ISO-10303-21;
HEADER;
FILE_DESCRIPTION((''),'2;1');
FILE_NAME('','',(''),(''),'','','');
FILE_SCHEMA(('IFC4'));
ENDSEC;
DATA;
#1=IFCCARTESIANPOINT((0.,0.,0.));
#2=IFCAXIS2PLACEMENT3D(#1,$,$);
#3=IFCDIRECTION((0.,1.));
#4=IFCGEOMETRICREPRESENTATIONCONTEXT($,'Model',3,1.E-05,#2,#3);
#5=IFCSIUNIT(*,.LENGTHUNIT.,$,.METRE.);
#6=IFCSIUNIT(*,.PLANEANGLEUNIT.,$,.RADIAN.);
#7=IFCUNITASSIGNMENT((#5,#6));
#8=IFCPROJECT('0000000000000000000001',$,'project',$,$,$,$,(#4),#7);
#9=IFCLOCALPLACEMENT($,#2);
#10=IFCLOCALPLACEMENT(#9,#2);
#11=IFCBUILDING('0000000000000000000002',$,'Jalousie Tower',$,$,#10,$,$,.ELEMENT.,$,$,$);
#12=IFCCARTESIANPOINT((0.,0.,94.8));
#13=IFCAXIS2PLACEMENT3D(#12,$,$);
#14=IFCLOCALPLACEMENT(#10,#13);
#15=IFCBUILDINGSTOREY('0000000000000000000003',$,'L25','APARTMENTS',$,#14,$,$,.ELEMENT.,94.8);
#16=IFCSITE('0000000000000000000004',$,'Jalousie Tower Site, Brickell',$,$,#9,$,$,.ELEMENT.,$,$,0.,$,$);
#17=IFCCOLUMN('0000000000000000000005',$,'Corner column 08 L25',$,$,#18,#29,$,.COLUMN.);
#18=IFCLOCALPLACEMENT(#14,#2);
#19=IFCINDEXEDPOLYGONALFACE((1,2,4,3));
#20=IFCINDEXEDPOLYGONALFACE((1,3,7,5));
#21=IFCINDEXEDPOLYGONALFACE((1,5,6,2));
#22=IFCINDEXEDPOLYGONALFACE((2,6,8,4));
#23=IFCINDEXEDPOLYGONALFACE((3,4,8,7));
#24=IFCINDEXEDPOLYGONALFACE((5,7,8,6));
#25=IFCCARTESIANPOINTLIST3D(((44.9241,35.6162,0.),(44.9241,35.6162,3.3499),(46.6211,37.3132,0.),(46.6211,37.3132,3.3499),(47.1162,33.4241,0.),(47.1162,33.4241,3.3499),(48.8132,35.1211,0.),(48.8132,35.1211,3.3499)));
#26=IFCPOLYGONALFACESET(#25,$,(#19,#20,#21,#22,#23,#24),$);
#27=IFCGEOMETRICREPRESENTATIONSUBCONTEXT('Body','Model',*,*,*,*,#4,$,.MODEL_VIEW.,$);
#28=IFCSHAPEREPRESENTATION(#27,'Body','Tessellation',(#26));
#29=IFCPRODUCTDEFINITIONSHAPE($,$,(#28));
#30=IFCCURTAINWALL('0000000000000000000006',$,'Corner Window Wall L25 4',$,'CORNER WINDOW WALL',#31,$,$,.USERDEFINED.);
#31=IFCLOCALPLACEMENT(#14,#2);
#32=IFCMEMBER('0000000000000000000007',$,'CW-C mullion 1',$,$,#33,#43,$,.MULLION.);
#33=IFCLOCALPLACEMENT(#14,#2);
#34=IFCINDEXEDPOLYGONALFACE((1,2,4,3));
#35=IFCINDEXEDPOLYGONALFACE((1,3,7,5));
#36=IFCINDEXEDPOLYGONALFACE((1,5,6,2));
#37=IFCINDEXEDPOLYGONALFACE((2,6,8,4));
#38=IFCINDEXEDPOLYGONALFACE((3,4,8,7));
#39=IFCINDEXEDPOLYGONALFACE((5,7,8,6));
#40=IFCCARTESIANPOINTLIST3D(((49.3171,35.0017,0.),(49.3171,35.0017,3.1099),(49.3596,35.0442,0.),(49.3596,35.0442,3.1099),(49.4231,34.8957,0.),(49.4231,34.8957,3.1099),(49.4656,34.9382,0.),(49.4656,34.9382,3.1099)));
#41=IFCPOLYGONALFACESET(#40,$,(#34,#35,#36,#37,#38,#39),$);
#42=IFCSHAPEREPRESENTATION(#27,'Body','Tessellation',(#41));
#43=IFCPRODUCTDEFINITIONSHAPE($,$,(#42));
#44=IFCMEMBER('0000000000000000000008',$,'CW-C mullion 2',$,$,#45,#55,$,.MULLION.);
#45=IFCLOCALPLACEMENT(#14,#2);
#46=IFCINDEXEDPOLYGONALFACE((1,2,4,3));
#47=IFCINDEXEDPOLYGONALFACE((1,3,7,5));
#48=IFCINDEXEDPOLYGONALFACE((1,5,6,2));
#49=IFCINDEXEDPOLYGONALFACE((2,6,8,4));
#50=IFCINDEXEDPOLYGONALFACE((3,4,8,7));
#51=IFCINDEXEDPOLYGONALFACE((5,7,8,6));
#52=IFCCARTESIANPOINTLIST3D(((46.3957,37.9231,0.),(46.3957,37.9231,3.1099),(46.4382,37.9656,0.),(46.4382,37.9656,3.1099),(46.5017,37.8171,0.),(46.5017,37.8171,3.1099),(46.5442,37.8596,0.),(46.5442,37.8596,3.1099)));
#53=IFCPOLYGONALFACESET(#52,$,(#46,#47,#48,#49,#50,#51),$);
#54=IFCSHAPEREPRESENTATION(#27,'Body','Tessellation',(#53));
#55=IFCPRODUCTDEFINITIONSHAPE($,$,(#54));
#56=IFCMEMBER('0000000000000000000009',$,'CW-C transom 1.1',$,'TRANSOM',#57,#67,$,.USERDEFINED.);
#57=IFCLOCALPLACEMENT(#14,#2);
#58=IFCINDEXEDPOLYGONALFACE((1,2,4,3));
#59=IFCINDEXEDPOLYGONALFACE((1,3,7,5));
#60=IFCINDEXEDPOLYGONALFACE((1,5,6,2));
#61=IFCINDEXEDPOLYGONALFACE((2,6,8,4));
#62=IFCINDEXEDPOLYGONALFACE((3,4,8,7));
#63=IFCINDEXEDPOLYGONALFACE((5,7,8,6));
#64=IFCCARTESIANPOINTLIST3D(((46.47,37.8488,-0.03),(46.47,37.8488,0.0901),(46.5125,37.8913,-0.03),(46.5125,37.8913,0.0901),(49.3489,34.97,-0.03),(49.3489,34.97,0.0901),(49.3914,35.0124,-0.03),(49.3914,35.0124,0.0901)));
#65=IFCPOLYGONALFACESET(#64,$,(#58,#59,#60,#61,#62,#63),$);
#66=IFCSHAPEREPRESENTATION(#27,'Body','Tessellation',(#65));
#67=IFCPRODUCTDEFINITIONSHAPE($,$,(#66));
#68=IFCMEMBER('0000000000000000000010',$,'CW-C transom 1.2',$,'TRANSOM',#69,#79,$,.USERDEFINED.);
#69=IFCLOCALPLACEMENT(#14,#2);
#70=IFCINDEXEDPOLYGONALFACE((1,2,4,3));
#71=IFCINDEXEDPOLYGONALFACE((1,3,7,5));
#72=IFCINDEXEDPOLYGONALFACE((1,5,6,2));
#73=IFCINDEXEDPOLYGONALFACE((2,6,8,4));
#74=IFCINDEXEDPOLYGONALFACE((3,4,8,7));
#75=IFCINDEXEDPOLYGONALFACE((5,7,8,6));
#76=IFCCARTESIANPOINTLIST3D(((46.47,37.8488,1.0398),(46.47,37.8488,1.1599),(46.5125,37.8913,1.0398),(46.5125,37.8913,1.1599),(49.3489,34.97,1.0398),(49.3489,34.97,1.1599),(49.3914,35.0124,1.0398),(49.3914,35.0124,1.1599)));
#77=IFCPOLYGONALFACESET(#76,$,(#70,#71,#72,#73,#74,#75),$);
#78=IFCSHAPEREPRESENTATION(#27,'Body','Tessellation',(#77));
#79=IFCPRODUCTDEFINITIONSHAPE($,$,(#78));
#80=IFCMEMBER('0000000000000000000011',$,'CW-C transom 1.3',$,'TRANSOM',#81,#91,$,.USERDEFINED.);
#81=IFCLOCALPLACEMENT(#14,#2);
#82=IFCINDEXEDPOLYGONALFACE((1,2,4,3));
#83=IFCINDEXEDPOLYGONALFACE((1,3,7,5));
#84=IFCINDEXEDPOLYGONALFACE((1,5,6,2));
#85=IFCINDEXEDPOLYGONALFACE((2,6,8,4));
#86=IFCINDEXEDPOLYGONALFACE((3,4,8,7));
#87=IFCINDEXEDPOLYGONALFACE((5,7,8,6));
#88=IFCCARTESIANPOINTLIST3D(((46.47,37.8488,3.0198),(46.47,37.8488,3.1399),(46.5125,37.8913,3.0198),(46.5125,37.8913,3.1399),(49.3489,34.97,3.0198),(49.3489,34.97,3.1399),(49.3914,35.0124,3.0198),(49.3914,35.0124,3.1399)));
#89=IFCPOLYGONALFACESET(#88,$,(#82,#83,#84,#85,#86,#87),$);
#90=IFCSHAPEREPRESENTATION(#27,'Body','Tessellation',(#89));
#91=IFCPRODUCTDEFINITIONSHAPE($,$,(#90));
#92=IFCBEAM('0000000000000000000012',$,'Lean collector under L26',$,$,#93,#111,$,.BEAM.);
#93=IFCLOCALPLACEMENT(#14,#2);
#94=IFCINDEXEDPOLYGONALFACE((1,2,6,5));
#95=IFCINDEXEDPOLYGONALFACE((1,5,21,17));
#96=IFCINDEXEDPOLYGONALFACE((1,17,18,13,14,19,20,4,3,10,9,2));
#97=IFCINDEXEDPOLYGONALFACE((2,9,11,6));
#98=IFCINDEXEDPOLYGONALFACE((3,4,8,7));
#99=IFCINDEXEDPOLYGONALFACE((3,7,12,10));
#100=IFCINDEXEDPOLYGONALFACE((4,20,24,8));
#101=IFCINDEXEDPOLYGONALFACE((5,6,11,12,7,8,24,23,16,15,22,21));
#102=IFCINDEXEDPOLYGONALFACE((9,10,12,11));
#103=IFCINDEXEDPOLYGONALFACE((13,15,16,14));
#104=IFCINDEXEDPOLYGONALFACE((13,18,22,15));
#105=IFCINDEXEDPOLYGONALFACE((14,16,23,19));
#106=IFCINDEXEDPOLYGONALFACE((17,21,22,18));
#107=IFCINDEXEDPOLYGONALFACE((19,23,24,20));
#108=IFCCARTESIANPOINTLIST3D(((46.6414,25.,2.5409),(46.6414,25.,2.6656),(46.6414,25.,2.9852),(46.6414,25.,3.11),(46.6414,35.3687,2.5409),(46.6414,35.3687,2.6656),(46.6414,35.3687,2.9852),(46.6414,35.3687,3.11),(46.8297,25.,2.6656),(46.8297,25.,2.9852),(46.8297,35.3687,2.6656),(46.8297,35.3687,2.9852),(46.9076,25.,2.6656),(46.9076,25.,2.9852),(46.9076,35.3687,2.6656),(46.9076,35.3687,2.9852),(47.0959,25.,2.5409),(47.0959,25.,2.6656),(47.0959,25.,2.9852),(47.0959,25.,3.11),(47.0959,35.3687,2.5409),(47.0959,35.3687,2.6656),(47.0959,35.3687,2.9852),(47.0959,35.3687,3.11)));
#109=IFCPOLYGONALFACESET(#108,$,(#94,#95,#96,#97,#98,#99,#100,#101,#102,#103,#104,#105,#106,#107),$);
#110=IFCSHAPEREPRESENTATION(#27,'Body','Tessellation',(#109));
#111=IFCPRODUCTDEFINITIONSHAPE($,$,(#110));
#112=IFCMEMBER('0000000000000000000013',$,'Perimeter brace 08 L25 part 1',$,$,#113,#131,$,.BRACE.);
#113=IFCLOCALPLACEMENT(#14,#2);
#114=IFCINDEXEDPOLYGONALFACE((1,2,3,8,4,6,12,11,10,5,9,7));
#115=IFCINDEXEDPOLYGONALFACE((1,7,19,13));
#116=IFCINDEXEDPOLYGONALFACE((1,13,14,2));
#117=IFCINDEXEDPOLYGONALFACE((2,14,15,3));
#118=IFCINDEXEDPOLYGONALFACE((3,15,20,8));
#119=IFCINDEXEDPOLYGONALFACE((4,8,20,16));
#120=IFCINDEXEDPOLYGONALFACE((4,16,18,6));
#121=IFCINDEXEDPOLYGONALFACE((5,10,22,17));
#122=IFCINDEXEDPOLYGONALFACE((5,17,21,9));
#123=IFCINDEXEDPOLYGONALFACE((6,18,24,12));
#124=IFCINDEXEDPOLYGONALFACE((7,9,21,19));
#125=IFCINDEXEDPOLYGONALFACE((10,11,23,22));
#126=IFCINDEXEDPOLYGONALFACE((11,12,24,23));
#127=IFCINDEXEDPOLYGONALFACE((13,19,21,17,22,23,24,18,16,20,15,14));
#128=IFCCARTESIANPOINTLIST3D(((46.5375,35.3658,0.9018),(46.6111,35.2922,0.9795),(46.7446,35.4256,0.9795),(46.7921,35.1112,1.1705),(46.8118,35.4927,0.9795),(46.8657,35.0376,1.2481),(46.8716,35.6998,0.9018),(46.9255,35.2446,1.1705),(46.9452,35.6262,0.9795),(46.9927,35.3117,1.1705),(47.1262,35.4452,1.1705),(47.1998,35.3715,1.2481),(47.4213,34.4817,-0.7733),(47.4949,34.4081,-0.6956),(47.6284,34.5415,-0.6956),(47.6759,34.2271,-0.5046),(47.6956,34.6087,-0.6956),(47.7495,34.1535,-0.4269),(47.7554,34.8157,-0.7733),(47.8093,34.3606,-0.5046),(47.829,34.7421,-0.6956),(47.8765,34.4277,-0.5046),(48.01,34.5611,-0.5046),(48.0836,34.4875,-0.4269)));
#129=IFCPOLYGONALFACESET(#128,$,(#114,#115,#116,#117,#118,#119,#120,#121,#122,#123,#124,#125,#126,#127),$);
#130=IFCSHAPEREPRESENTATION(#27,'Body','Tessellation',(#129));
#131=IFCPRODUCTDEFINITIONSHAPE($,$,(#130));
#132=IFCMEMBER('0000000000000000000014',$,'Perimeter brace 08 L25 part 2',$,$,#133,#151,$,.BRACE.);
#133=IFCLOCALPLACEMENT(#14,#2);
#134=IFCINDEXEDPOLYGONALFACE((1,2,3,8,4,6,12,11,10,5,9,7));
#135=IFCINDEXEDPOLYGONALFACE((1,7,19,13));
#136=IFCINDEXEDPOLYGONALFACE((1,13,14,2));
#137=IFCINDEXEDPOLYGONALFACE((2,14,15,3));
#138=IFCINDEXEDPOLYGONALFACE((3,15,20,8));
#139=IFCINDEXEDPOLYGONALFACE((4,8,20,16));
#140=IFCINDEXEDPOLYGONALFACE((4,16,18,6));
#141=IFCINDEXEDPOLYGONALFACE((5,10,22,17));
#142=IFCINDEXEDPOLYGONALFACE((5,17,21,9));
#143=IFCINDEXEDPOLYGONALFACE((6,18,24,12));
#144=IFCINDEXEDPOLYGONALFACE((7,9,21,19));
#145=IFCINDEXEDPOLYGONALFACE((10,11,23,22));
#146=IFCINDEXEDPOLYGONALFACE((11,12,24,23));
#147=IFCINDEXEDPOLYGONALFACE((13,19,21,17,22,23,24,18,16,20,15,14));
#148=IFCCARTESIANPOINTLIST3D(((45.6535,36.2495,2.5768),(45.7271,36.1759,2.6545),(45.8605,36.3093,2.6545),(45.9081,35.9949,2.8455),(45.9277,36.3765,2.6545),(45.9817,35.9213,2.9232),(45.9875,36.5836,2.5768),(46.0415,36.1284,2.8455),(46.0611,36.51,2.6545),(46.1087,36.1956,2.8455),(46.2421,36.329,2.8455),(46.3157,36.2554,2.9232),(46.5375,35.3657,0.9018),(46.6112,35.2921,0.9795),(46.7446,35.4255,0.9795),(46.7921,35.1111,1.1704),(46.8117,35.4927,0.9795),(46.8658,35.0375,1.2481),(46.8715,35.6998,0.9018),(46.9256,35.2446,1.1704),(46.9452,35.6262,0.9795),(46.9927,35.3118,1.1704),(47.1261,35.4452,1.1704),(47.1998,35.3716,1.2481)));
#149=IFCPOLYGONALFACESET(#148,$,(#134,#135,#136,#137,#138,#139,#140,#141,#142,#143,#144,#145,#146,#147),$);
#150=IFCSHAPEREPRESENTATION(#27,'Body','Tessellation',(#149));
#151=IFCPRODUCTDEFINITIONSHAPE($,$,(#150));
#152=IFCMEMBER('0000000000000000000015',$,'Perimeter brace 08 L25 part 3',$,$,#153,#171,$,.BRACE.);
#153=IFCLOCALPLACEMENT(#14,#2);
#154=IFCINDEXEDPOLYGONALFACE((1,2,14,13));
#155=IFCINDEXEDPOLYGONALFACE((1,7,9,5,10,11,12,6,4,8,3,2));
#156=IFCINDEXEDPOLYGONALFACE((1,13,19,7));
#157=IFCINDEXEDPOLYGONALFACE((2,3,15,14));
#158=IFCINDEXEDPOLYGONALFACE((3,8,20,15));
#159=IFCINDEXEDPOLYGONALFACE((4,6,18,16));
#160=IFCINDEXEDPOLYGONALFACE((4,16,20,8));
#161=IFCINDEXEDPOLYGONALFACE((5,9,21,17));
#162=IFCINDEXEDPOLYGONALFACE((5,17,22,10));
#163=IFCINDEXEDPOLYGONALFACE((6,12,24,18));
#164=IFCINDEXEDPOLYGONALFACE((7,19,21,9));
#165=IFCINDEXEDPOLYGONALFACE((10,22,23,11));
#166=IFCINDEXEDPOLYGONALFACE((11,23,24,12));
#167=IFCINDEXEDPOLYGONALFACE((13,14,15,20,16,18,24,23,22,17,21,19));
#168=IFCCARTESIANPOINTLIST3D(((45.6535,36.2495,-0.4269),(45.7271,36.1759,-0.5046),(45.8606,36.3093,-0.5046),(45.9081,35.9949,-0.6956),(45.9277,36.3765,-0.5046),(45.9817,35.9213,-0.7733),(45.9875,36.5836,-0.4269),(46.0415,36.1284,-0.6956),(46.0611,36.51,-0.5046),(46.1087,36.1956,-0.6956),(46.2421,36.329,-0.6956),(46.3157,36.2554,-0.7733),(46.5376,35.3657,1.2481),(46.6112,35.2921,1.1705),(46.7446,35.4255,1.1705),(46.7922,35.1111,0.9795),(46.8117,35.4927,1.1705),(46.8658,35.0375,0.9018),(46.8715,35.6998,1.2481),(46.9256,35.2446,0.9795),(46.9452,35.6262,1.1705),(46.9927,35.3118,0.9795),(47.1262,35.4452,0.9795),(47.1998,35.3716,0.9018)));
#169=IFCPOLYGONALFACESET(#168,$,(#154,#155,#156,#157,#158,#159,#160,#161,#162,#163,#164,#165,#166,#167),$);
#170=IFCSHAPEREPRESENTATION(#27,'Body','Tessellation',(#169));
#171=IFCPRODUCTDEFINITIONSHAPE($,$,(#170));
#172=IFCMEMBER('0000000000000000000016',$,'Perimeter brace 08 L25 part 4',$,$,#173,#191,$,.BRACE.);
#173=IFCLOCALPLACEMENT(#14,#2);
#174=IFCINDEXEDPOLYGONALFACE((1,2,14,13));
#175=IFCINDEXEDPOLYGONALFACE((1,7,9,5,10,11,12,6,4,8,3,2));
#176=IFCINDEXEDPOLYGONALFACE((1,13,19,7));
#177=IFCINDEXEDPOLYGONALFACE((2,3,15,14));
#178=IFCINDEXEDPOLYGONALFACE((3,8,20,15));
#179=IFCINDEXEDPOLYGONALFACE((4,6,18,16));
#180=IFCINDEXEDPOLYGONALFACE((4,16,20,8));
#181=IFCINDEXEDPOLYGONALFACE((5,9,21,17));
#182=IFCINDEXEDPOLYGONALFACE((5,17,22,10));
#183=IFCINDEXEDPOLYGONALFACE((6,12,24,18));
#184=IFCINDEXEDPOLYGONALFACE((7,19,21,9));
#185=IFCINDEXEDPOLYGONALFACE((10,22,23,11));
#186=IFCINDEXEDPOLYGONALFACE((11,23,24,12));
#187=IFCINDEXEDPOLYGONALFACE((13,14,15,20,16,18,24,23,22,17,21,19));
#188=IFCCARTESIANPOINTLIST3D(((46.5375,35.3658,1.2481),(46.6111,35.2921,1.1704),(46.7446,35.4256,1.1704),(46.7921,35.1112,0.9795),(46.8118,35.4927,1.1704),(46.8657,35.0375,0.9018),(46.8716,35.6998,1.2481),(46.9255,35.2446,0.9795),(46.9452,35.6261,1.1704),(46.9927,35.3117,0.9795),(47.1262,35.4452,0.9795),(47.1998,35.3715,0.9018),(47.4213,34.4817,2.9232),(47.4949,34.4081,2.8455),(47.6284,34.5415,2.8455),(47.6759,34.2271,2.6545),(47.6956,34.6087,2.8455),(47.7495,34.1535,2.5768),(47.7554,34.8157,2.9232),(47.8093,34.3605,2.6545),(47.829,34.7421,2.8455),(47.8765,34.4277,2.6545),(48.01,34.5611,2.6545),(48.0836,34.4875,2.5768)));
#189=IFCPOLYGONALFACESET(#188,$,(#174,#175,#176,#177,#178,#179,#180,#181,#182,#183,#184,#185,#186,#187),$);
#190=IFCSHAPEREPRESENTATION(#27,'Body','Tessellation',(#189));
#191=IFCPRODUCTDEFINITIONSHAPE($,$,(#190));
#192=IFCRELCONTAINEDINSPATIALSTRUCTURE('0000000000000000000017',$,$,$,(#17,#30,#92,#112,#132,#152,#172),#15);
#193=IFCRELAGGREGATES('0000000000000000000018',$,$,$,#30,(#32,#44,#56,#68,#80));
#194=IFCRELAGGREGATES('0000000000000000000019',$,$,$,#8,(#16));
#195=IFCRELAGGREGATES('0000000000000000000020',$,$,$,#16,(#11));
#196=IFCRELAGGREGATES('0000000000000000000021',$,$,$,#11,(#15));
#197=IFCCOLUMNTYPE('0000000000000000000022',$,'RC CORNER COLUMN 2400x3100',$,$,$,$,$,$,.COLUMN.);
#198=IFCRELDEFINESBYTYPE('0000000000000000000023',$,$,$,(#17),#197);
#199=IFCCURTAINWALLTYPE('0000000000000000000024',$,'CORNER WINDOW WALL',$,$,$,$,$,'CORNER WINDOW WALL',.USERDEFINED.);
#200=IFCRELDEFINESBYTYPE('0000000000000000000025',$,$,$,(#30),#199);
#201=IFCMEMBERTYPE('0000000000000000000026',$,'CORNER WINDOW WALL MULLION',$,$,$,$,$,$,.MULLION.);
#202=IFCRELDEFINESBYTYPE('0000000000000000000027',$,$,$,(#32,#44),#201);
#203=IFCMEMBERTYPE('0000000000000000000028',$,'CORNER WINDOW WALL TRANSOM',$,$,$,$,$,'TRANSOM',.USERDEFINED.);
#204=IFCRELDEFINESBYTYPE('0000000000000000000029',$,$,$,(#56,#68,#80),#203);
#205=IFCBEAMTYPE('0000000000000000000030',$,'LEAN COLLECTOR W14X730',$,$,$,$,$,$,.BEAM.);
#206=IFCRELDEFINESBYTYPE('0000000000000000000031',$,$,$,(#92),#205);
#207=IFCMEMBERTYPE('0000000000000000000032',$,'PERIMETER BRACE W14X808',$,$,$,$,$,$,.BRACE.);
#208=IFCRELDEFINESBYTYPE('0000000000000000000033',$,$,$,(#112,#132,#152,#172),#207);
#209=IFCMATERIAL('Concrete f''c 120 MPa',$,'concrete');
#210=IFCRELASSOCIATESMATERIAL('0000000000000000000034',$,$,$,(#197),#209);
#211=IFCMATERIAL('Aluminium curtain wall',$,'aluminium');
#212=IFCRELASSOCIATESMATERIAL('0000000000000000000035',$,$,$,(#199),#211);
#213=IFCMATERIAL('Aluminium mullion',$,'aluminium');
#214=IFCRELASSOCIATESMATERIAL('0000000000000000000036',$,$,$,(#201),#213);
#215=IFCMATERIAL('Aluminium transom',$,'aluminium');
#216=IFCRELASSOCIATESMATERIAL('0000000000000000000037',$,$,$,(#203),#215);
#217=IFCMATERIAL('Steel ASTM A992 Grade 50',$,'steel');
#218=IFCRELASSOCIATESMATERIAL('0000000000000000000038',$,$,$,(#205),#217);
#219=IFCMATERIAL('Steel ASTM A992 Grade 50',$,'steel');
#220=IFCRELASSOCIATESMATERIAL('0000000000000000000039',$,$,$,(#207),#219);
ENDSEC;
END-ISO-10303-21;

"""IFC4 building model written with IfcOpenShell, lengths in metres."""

from ifc_helpers import new_model, si_unit, direction, frame, origin, origin_2d, place, context, subcontext, project, spatial, rectangle, i_section, extrude, material, material_profile, profile_set, type_object, element, aggregate, save


model = new_model("IFC4")

# Units and contexts
model_context = context("Model", 3, precision=1e-05, world=origin(), true_north=direction((0.0, 1.0)))
body_context = subcontext(model_context, "Body", "Model", "MODEL_VIEW")
ifc_project = project(units=[si_unit("LENGTHUNIT", "METRE"), si_unit("PLANEANGLEUNIT", "RADIAN")], contexts=[model_context])

# Site, building, storey
site_placement = place(None, origin())
site = spatial("IfcSite", under=ifc_project, at=site_placement, Name="Jalousie Tower Site, Brickell", CompositionType="ELEMENT", RefElevation=0.0)
building_placement = place(site_placement, origin())
building = spatial("IfcBuilding", under=site, at=building_placement, Name="Jalousie Tower", CompositionType="ELEMENT")
storey_placement = place(building_placement, frame((0.0, 0.0, 94.8)))
storey = spatial("IfcBuildingStorey", under=building, at=storey_placement, Name="L25", Description="APARTMENTS", CompositionType="ELEMENT", Elevation=94.8)

# Column
ifc_material_1 = material(Name="Concrete f'c 120 MPa", Category="concrete")
ifc_material_profile_1 = material_profile(ifc_material_1, rectangle(XDim=2.3999, YDim=3.1001, at=origin_2d()), Name="RC 2400x3100")
ifc_profile_set_1 = profile_set([ifc_material_profile_1], Name="Concrete f'c 120 MPa")
column_type = type_object("IfcColumnType", Name="RC CORNER COLUMN 2400x3100", PredefinedType="COLUMN", material=ifc_profile_set_1)
column_placement = place(storey_placement, frame((46.8687, 35.3687, 0.0), z_axis=(0.0, 0.0, 1.0), x_axis=(-0.707107, -0.707107, 0.0)))
element("IfcColumn", 1, at=column_placement, inside=storey, type_object=column_type, Name="Corner column 08 L25", PredefinedType="COLUMN", context=body_context, shape_type="SweptSolid", body=[
    extrude(rectangle(XDim=2.3999, YDim=3.1001, at=origin_2d()), origin(), (0.0, 0.0, 1.0), 3.3499),
])

# Curtain wall, members
ifc_material_2 = material(Name="Aluminium curtain wall", Category="aluminium")
curtain_wall_type_1 = type_object("IfcCurtainWallType", Name="CORNER WINDOW WALL", ElementType="CORNER WINDOW WALL", PredefinedType="USERDEFINED", material=ifc_material_2)
curtain_wall_1_placement = place(storey_placement, origin())
curtain_wall_1 = element("IfcCurtainWall", 2, at=curtain_wall_1_placement, inside=storey, type_object=curtain_wall_type_1, Name="Corner Window Wall L25 4", ObjectType="CORNER WINDOW WALL", PredefinedType="USERDEFINED")
ifc_material_3 = material(Name="Aluminium mullion", Category="aluminium")
ifc_material_profile_2 = material_profile(ifc_material_3, rectangle(XDim=0.0601, YDim=0.1499, at=origin_2d()), Name="MULLION 60x150")
ifc_profile_set_2 = profile_set([ifc_material_profile_2], Name="Aluminium mullion")
member_type_1 = type_object("IfcMemberType", Name="CORNER WINDOW WALL MULLION", PredefinedType="MULLION", material=ifc_profile_set_2)
member_1_placement = place(storey_placement, frame((49.3914, 34.97, 0.0), z_axis=(0.0, 0.0, 1.0), x_axis=(-0.707107, -0.707107, 0.0)))
member_1 = element("IfcMember", 3, at=member_1_placement, type_object=member_type_1, Name="CW-C mullion 1", PredefinedType="MULLION", context=body_context, shape_type="SweptSolid", body=[
    extrude(rectangle(XDim=0.0601, YDim=0.1499, at=origin_2d()), origin(), (0.0, 0.0, 1.0), 3.1099),
])
member_2_placement = place(storey_placement, frame((46.47, 37.8914, 0.0), z_axis=(0.0, 0.0, 1.0), x_axis=(-0.707107, -0.707107, 0.0)))
member_2 = element("IfcMember", 4, at=member_2_placement, type_object=member_type_1, Name="CW-C mullion 2", PredefinedType="MULLION", context=body_context, shape_type="SweptSolid", body=[
    extrude(rectangle(XDim=0.0601, YDim=0.1499, at=origin_2d()), origin(), (0.0, 0.0, 1.0), 3.1099),
])
ifc_material_4 = material(Name="Aluminium transom", Category="aluminium")
ifc_material_profile_3 = material_profile(ifc_material_4, rectangle(XDim=0.0601, YDim=0.1201, at=origin_2d()), Name="TRANSOM 60x120")
ifc_profile_set_3 = profile_set([ifc_material_profile_3], Name="Aluminium transom")
member_type_2 = type_object("IfcMemberType", Name="CORNER WINDOW WALL TRANSOM", ElementType="TRANSOM", PredefinedType="USERDEFINED", material=ifc_profile_set_3)
member_3_placement = place(storey_placement, frame((49.3701, 34.9912, 0.03), z_axis=(-0.707107, 0.707107, 0.0), x_axis=(-0.707107, -0.707107, 0.0)))
member_3 = element("IfcMember", 5, at=member_3_placement, type_object=member_type_2, Name="CW-C transom 1.1", ObjectType="TRANSOM", PredefinedType="USERDEFINED", context=body_context, shape_type="SweptSolid", body=[
    extrude(rectangle(XDim=0.0601, YDim=0.1201, at=origin_2d()), origin(), (0.0, 0.0, 1.0), 4.0713),
])
member_4_placement = place(storey_placement, frame((49.3701, 34.9912, 1.0999), z_axis=(-0.707107, 0.707107, 0.0), x_axis=(-0.707107, -0.707107, 0.0)))
member_4 = element("IfcMember", 6, at=member_4_placement, type_object=member_type_2, Name="CW-C transom 1.2", ObjectType="TRANSOM", PredefinedType="USERDEFINED", context=body_context, shape_type="SweptSolid", body=[
    extrude(rectangle(XDim=0.0601, YDim=0.1201, at=origin_2d()), origin(), (0.0, 0.0, 1.0), 4.0713),
])
member_5_placement = place(storey_placement, frame((49.3701, 34.9912, 3.0798), z_axis=(-0.707107, 0.707107, 0.0), x_axis=(-0.707107, -0.707107, 0.0)))
member_5 = element("IfcMember", 7, at=member_5_placement, type_object=member_type_2, Name="CW-C transom 1.3", ObjectType="TRANSOM", PredefinedType="USERDEFINED", context=body_context, shape_type="SweptSolid", body=[
    extrude(rectangle(XDim=0.0601, YDim=0.1201, at=origin_2d()), origin(), (0.0, 0.0, 1.0), 4.0713),
])

# Beam
ifc_material_5 = material(Name="Steel ASTM A992 Grade 50", Category="steel")
ifc_material_profile_4 = material_profile(ifc_material_5, i_section(OverallWidth=0.4546, OverallDepth=0.5691, WebThickness=0.0779, FlangeThickness=0.1248, at=origin_2d()), Name="W14X730")
ifc_profile_set_4 = profile_set([ifc_material_profile_4], Name="Steel ASTM A992 Grade 50")
beam_type_1 = type_object("IfcBeamType", Name="LEAN COLLECTOR W14X730", PredefinedType="BEAM", material=ifc_profile_set_4)
beam_1_placement = place(storey_placement, frame((46.8687, 35.3687, 2.8254), z_axis=(0.0, -1.0, 0.0), x_axis=(1.0, 0.0, 0.0)))
element("IfcBeam", 8, at=beam_1_placement, inside=storey, type_object=beam_type_1, Name="Lean collector under L26", PredefinedType="BEAM", context=body_context, shape_type="SweptSolid", body=[
    extrude(i_section(OverallWidth=0.4546, OverallDepth=0.5691, WebThickness=0.0779, FlangeThickness=0.1248, at=origin_2d()), origin(), (0.0, 0.0, 1.0), 10.3687),
])

# Members
ifc_material_6 = material(Name="Steel ASTM A992 Grade 50", Category="steel")
ifc_material_profile_5 = material_profile(ifc_material_6, i_section(OverallWidth=0.4724, OverallDepth=0.5791, WebThickness=0.095, FlangeThickness=0.1299, at=origin_2d()), Name="W14X808")
ifc_profile_set_5 = profile_set([ifc_material_profile_5], Name="Steel ASTM A992 Grade 50")
member_type_3 = type_object("IfcMemberType", Name="PERIMETER BRACE W14X808", PredefinedType="BRACE", material=ifc_profile_set_5)
for number, where, z_axis, x_axis, name in (
    (9, (47.7524, 34.4846, -0.6001), (-0.422852, 0.422969, 0.801432), (-0.707204, -0.707009, 0.0), "Perimeter brace 08 L25 part 1"),
    (10, (46.8687, 35.3687, 1.075), (-0.422969, 0.422852, 0.801432), (-0.707009, -0.707204, 0.0), "Perimeter brace 08 L25 part 2"),
    (11, (45.9846, 36.2524, -0.6001), (0.422969, -0.422852, 0.801432), (0.707009, 0.707204, 0.0), "Perimeter brace 08 L25 part 3"),
    (12, (46.8687, 35.3687, 1.075), (0.422852, -0.422969, 0.801432), (0.707204, 0.707009, 0.0), "Perimeter brace 08 L25 part 4"),
):
    element("IfcMember", number, at=place(storey_placement, frame(where, z_axis=z_axis, x_axis=x_axis)), inside=storey, type_object=member_type_3, Name=name, PredefinedType="BRACE", context=body_context, shape_type="SweptSolid", body=[
        extrude(i_section(OverallWidth=0.4724, OverallDepth=0.5791, WebThickness=0.095, FlangeThickness=0.1299, at=origin_2d()), origin(), (0.0, 0.0, 1.0), 2.0901),
    ])

aggregate(curtain_wall_1, [member_1, member_2, member_3, member_4, member_5])

save(model, "model.ifc")
